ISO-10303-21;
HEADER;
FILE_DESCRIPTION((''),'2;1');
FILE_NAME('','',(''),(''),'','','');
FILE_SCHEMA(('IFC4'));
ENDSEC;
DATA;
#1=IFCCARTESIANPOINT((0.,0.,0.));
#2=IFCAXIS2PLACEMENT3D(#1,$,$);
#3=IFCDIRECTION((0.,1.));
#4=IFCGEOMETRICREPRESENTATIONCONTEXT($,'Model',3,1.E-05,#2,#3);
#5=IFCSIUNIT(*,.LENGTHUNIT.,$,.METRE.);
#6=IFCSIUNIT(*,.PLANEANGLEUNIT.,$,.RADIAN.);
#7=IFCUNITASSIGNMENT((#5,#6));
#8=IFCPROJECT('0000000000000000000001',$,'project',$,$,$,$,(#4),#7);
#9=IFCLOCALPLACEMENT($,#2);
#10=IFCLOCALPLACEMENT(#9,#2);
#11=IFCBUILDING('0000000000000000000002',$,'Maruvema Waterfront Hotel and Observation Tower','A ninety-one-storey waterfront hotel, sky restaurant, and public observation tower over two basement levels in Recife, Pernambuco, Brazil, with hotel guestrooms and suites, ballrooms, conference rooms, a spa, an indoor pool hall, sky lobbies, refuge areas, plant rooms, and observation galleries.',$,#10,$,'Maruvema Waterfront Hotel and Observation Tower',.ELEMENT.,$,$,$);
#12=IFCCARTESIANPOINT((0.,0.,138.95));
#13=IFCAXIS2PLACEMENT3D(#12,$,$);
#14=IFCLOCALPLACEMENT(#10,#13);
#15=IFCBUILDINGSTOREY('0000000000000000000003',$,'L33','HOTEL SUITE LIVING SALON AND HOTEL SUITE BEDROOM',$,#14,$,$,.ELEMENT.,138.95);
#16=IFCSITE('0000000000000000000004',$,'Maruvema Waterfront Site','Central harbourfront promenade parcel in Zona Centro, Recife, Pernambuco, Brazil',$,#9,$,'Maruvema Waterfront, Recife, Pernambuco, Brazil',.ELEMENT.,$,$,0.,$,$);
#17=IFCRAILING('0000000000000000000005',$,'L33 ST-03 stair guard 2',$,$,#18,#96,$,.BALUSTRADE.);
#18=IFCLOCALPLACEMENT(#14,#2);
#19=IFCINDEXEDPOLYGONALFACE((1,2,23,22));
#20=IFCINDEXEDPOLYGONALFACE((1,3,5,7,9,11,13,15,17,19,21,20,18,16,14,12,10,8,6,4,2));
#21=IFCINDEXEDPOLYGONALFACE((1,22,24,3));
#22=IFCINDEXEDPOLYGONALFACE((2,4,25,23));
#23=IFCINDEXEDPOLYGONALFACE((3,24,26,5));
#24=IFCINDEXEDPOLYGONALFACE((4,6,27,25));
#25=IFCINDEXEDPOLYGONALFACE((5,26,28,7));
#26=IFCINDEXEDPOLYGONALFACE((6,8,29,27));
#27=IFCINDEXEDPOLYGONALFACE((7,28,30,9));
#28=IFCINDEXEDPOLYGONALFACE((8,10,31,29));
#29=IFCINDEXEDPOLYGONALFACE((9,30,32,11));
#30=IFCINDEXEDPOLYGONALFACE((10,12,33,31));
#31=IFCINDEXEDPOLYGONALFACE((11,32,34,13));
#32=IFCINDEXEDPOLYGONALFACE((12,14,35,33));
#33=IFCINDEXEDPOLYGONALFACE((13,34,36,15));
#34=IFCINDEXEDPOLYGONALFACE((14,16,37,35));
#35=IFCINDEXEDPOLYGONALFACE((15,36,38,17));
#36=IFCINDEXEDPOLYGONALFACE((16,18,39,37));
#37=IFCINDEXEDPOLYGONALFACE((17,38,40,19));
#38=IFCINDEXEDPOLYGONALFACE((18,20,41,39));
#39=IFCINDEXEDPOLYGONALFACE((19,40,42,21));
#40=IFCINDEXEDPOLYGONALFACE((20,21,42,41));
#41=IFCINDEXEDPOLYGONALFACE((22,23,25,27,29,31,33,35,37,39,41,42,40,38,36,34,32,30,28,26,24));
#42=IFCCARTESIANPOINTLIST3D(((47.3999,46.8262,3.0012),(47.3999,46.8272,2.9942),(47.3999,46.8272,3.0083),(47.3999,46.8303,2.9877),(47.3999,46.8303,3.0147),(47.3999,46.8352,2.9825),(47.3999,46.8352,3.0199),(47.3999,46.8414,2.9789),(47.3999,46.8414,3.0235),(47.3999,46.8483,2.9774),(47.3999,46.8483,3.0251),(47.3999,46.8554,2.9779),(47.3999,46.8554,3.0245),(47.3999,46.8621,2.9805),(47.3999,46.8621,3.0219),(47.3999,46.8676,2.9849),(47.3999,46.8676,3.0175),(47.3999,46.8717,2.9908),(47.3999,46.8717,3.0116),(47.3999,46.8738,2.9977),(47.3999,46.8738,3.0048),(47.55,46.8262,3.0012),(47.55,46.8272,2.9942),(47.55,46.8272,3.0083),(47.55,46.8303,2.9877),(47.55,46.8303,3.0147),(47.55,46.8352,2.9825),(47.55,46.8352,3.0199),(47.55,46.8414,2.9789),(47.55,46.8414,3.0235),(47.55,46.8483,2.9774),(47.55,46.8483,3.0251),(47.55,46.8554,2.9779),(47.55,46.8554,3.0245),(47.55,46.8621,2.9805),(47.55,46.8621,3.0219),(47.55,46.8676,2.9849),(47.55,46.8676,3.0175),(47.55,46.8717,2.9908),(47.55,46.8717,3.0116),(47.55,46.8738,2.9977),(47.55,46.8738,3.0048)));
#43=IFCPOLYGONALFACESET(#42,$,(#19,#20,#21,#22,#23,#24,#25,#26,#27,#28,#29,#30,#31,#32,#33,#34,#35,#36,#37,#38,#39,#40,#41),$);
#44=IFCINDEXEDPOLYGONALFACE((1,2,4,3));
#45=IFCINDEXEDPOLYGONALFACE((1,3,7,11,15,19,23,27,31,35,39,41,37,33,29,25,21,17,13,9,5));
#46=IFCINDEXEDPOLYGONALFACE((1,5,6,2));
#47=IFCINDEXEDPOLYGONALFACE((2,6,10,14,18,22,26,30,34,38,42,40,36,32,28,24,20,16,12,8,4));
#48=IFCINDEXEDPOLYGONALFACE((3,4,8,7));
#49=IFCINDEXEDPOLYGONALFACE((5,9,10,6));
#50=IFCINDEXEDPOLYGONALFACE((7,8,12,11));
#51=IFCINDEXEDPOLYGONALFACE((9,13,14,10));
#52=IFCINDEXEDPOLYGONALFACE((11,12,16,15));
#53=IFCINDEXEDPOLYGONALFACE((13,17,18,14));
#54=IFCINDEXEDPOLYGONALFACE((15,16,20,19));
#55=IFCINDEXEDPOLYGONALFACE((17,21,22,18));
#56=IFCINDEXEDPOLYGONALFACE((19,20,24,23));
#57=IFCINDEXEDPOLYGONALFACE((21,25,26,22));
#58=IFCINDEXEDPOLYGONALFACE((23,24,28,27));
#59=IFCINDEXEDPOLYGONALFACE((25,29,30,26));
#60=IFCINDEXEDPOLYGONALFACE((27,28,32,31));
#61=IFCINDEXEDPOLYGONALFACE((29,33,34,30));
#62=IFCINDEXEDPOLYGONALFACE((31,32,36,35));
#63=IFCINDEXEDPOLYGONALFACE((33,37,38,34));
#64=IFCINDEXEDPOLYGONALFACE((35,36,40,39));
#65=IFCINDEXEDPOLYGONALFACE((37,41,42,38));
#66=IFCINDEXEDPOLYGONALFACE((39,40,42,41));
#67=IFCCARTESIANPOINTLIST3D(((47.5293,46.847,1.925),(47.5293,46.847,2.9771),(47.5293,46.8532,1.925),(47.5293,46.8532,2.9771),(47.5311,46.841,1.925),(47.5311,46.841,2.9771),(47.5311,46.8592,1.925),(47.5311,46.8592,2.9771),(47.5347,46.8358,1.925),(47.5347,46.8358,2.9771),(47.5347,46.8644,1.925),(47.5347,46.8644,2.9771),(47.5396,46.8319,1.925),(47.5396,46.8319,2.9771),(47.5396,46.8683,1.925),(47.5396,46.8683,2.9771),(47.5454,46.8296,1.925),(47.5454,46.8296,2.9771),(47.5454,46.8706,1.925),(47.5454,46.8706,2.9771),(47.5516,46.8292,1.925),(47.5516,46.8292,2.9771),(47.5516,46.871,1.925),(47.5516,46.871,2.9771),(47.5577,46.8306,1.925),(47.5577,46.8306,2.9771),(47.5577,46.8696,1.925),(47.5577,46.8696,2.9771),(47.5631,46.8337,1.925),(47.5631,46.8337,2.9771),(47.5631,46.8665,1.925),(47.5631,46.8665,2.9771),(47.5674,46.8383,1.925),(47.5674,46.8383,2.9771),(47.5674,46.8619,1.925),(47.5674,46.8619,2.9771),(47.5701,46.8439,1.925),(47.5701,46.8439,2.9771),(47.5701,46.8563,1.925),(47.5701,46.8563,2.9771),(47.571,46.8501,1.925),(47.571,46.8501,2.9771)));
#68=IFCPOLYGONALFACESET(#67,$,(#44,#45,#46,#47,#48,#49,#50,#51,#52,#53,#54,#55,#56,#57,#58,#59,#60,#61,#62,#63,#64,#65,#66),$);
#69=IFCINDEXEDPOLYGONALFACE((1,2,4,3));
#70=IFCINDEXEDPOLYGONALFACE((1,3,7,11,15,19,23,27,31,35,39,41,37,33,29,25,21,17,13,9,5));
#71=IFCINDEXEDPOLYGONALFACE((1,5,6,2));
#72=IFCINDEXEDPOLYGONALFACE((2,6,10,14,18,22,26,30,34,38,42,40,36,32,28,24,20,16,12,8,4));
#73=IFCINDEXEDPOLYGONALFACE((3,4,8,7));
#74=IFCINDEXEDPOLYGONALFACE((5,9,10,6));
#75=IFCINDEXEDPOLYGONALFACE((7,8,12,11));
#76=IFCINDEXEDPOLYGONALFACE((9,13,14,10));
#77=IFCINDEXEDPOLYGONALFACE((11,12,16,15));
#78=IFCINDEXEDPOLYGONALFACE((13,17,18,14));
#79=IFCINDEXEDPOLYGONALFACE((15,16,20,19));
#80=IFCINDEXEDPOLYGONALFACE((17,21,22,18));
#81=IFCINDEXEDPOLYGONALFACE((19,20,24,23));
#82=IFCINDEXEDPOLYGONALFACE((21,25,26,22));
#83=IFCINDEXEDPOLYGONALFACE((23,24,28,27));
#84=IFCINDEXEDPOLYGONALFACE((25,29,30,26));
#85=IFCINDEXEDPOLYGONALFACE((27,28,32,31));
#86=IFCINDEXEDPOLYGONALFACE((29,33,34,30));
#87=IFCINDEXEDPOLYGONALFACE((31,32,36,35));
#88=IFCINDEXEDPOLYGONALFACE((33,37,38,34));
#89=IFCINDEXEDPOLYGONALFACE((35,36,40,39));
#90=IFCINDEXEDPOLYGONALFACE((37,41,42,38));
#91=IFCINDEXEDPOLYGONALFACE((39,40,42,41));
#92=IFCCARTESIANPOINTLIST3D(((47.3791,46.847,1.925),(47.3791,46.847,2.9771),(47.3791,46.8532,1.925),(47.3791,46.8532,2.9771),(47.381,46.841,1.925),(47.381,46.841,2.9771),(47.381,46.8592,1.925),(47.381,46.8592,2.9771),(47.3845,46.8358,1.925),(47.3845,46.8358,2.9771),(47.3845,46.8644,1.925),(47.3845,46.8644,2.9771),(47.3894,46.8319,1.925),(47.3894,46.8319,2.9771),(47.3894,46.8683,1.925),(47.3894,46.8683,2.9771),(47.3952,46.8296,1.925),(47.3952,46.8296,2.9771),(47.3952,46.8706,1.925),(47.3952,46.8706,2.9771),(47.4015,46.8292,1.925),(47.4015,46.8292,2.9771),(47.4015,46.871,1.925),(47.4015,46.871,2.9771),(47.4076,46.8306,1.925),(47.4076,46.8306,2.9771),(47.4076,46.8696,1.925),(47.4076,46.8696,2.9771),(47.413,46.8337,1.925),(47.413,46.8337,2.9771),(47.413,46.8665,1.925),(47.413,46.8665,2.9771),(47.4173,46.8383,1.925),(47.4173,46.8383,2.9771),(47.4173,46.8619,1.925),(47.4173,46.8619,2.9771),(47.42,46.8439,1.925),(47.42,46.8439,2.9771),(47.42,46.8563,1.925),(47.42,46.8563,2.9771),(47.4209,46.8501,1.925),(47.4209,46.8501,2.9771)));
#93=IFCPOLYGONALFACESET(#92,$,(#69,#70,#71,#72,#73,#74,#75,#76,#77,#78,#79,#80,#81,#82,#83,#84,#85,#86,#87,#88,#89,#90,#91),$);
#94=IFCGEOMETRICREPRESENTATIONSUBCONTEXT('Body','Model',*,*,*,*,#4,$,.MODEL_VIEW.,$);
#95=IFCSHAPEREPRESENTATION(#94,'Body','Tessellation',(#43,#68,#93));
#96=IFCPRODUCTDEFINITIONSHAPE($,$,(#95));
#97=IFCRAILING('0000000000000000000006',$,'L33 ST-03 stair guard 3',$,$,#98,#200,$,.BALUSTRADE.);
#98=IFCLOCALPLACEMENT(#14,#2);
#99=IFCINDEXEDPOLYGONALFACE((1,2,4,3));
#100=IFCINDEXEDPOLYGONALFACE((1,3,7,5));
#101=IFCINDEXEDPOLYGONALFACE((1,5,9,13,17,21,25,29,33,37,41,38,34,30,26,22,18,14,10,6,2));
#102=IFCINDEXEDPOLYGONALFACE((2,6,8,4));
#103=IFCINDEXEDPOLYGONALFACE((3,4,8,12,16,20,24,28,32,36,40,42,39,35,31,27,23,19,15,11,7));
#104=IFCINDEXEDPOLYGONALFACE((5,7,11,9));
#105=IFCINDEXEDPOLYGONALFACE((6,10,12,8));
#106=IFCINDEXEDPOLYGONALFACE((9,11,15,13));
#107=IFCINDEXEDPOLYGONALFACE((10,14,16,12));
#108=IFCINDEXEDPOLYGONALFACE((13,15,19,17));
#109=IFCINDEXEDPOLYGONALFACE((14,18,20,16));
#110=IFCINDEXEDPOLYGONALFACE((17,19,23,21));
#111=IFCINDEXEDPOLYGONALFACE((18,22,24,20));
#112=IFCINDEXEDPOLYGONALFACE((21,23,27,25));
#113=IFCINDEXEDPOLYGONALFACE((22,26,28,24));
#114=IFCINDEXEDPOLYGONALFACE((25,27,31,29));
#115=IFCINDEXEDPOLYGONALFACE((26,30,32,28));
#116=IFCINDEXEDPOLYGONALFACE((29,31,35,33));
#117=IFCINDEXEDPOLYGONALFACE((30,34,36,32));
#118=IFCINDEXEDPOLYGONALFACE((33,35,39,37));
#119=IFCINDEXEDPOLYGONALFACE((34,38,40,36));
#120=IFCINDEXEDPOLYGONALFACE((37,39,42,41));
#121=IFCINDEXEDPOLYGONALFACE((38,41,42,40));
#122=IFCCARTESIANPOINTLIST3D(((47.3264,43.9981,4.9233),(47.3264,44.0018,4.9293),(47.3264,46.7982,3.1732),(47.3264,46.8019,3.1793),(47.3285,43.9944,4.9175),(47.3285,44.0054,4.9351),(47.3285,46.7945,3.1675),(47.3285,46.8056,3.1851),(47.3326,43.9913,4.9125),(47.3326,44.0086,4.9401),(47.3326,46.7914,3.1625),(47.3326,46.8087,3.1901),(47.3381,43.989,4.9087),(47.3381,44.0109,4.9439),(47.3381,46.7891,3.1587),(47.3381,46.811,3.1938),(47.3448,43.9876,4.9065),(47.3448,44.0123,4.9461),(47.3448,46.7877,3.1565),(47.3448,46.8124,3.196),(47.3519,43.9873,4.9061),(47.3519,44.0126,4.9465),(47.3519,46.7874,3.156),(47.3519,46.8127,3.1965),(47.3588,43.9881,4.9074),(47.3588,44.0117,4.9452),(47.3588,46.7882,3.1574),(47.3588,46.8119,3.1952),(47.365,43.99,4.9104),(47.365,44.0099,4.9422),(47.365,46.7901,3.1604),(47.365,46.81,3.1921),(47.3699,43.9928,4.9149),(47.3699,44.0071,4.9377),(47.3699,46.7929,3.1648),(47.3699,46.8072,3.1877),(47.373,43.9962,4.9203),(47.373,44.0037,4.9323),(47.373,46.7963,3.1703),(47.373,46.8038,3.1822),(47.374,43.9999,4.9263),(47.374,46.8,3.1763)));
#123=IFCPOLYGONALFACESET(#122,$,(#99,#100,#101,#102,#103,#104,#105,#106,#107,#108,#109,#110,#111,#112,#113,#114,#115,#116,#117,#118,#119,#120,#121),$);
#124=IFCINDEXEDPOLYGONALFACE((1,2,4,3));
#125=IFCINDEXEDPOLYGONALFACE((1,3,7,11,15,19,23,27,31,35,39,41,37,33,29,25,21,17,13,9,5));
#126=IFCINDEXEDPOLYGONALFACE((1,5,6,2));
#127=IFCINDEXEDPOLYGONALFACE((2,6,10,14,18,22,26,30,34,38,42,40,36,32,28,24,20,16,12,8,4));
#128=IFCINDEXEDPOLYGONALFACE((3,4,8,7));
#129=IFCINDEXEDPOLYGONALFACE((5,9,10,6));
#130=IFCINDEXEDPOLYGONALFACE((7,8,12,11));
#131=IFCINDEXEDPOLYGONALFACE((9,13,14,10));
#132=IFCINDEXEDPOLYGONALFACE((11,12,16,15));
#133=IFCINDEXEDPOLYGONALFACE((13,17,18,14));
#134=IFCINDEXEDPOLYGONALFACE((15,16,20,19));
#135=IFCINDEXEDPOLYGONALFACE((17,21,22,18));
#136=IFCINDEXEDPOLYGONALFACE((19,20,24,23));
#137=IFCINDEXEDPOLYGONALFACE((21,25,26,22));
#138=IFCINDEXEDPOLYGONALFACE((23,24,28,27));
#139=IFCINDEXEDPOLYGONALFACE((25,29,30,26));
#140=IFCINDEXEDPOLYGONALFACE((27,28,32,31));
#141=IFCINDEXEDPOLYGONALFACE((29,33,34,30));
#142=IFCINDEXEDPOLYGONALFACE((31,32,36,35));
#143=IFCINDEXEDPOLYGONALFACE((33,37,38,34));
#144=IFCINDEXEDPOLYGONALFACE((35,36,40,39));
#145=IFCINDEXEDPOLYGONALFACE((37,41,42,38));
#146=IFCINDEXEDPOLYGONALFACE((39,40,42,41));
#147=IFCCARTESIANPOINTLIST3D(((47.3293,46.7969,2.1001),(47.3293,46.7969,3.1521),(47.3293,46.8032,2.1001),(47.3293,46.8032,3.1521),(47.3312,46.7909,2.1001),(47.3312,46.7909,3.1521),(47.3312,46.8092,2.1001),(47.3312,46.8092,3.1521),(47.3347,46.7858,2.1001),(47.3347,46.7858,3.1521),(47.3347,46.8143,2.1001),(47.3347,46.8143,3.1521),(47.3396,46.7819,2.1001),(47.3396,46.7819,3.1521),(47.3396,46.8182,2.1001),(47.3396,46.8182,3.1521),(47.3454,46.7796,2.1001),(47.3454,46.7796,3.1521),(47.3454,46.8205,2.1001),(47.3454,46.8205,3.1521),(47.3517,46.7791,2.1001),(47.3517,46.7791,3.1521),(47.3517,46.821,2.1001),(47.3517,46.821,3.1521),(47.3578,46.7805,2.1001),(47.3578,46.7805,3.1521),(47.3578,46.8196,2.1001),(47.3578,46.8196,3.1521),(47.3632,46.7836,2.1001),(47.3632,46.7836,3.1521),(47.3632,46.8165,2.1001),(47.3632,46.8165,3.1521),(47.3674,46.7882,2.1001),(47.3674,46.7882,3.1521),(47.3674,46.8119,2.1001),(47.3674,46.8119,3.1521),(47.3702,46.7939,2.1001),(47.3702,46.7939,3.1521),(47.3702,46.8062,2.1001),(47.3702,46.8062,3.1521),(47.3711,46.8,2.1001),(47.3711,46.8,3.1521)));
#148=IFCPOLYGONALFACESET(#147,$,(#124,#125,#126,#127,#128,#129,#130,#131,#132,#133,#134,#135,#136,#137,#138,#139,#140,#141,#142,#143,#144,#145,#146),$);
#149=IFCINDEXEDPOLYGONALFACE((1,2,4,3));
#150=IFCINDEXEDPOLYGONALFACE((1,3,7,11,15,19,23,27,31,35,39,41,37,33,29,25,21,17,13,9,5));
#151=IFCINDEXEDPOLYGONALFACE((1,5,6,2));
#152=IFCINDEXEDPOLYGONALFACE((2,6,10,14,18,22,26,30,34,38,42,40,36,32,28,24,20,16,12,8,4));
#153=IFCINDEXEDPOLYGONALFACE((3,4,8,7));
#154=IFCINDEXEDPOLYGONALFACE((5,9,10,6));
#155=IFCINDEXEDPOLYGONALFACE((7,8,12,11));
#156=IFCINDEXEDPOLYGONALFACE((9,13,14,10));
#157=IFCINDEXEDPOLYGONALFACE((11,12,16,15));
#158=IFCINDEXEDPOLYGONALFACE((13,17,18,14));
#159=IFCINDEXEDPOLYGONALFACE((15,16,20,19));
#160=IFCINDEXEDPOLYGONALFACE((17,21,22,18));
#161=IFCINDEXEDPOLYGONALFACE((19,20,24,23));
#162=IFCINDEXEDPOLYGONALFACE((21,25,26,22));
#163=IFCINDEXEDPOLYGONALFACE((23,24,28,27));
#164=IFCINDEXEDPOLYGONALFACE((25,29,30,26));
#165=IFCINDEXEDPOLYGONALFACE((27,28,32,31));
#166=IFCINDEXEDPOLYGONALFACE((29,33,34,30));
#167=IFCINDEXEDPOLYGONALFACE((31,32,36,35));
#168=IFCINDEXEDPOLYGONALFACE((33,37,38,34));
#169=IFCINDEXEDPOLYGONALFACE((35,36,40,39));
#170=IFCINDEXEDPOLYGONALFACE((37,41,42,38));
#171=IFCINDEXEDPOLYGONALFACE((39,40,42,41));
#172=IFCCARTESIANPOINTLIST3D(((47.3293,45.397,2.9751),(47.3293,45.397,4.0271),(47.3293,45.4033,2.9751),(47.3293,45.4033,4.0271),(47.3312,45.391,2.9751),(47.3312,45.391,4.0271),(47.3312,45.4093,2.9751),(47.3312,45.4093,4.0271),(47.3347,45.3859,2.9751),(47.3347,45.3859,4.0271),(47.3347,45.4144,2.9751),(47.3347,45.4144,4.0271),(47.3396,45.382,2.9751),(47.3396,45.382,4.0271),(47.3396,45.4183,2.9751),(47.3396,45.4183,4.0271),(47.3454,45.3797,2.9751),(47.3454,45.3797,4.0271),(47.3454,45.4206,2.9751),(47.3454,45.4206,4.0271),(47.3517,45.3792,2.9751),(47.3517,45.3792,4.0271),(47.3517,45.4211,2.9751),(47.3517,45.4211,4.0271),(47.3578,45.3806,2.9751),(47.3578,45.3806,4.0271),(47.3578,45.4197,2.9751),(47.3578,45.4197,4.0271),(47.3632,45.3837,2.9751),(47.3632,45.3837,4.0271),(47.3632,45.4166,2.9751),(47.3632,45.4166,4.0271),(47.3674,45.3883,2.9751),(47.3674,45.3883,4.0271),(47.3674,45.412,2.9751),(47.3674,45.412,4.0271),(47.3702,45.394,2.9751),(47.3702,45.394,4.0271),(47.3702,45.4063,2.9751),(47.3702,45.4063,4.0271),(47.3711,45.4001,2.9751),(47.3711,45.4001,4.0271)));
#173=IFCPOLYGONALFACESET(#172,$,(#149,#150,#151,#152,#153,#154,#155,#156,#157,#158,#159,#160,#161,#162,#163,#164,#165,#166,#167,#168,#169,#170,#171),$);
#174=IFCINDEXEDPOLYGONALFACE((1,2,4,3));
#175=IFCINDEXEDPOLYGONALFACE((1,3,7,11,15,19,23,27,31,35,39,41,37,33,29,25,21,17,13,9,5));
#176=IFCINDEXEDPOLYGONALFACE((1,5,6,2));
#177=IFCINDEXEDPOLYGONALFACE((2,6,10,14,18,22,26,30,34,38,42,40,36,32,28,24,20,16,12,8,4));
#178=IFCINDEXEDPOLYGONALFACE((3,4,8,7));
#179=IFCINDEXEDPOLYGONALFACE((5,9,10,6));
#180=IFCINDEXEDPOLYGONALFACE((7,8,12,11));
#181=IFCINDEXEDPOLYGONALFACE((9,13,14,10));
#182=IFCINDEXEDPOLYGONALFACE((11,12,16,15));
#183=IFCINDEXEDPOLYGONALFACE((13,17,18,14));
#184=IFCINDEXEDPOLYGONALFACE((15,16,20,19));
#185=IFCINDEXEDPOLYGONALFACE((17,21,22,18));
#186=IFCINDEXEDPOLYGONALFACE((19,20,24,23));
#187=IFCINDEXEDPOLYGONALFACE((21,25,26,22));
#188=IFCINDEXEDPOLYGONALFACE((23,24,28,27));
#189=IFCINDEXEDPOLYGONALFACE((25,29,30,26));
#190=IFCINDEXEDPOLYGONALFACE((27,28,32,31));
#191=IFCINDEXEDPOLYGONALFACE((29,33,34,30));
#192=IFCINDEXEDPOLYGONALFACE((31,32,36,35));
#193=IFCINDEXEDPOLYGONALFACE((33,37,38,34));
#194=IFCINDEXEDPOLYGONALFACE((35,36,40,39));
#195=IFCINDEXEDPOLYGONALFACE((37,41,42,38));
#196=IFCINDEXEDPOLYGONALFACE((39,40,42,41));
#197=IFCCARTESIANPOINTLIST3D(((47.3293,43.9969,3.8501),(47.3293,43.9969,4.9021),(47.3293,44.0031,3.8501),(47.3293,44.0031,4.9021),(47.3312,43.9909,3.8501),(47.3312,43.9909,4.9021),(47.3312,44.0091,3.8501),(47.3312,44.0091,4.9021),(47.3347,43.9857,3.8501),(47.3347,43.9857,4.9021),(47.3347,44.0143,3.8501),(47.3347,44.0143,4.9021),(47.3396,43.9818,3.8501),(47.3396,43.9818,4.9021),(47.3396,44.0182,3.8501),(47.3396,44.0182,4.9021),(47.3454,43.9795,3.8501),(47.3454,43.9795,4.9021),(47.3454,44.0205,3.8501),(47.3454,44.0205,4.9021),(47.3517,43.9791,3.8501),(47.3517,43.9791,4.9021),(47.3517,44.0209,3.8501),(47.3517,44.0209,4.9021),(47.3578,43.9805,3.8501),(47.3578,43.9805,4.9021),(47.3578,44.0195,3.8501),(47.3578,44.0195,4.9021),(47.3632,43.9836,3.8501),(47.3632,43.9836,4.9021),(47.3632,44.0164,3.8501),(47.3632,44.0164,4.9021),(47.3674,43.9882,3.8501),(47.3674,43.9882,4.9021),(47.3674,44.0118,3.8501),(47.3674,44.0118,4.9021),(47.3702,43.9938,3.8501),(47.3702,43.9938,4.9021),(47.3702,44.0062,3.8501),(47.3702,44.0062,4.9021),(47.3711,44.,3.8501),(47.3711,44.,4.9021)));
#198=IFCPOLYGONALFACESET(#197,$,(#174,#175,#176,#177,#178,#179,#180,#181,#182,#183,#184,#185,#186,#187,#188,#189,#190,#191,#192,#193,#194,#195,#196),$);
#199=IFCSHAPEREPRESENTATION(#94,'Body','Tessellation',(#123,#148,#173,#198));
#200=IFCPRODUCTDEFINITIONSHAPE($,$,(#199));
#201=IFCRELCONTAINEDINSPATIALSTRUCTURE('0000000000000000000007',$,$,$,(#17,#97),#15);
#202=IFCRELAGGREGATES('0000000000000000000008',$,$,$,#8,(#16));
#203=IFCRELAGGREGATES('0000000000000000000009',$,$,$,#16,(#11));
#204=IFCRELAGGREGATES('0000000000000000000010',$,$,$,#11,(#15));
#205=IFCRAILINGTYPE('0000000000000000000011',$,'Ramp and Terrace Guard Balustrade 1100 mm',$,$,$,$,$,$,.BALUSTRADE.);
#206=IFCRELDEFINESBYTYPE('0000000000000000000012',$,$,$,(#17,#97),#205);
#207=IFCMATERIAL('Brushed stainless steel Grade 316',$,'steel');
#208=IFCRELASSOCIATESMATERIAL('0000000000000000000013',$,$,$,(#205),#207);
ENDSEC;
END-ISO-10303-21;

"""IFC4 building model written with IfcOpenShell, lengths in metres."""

from ifc_helpers import new_model, si_unit, direction, frame, origin, origin_2d, place, context, subcontext, project, spatial, circle, extrude, material, type_object, element, save


model = new_model("IFC4")

# Units and contexts
model_context = context("Model", 3, precision=1e-05, world=origin(), true_north=direction((0.0, 1.0)))
body_context = subcontext(model_context, "Body", "Model", "MODEL_VIEW")
ifc_project = project(units=[si_unit("LENGTHUNIT", "METRE"), si_unit("PLANEANGLEUNIT", "RADIAN")], contexts=[model_context])

# Site, building, storey
site_placement = place(None, origin())
site = spatial("IfcSite", under=ifc_project, at=site_placement, Name="Maruvema Waterfront Site", Description="Central harbourfront promenade parcel in Zona Centro, Recife, Pernambuco, Brazil", LongName="Maruvema Waterfront, Recife, Pernambuco, Brazil", CompositionType="ELEMENT", RefElevation=0.0)
building_placement = place(site_placement, origin())
building = spatial("IfcBuilding", under=site, at=building_placement, Name="Maruvema Waterfront Hotel and Observation Tower", Description="A ninety-one-storey waterfront hotel, sky restaurant, and public observation tower over two basement levels in Recife, Pernambuco, Brazil, with hotel guestrooms and suites, ballrooms, conference rooms, a spa, an indoor pool hall, sky lobbies, refuge areas, plant rooms, and observation galleries.", LongName="Maruvema Waterfront Hotel and Observation Tower", CompositionType="ELEMENT")
storey_placement = place(building_placement, frame((0.0, 0.0, 138.95)))
storey = spatial("IfcBuildingStorey", under=building, at=storey_placement, Name="L33", Description="HOTEL SUITE LIVING SALON AND HOTEL SUITE BEDROOM", CompositionType="ELEMENT", Elevation=138.95)

# Railings
ifc_material_1 = material(Name="Brushed stainless steel Grade 316", Category="steel")
railing_type_1 = type_object("IfcRailingType", Name="Ramp and Terrace Guard Balustrade 1100 mm", PredefinedType="BALUSTRADE", material=ifc_material_1)
railing_1_placement = place(storey_placement, frame((47.55, 46.8501, 1.925)))
element("IfcRailing", 1, at=railing_1_placement, inside=storey, type_object=railing_type_1, Name="L33 ST-03 stair guard 2", PredefinedType="BALUSTRADE", context=body_context, shape_type="SweptSolid", body=[
    extrude(circle(Radius=0.0239, at=origin_2d()), frame((0.0, 0.0, 1.0762), z_axis=(-1.0, 0.0, 0.0), x_axis=(0.0, -1.0, 0.0)), (0.0, 0.0, 1.0), 0.1501),
    extrude(circle(Radius=0.021, at=origin_2d()), origin(), (0.0, 0.0, 1.0), 1.052),
    extrude(circle(Radius=0.021, at=origin_2d()), frame((-0.1501, 0.0, 0.0)), (0.0, 0.0, 1.0), 1.052),
])
railing_2_placement = place(storey_placement, frame((47.3501, 46.8, 2.1001)))
element("IfcRailing", 2, at=railing_2_placement, inside=storey, type_object=railing_type_1, Name="L33 ST-03 stair guard 3", PredefinedType="BALUSTRADE", context=body_context, shape_type="SweptSolid", body=[
    extrude(circle(Radius=0.0239, at=origin_2d()), frame((0.0, 0.0, 1.0762), z_axis=(0.0, -0.848002, 0.529992), x_axis=(1.0, 0.0, 0.0)), (0.0, 0.0, 1.0), 3.302),
    extrude(circle(Radius=0.021, at=origin_2d()), origin(), (0.0, 0.0, 1.0), 1.052),
    extrude(circle(Radius=0.021, at=origin_2d()), frame((0.0, -1.3999, 0.875)), (0.0, 0.0, 1.0), 1.052),
    extrude(circle(Radius=0.021, at=origin_2d()), frame((0.0, -2.8, 1.75)), (0.0, 0.0, 1.0), 1.052),
])

save(model, "model.ifc")
